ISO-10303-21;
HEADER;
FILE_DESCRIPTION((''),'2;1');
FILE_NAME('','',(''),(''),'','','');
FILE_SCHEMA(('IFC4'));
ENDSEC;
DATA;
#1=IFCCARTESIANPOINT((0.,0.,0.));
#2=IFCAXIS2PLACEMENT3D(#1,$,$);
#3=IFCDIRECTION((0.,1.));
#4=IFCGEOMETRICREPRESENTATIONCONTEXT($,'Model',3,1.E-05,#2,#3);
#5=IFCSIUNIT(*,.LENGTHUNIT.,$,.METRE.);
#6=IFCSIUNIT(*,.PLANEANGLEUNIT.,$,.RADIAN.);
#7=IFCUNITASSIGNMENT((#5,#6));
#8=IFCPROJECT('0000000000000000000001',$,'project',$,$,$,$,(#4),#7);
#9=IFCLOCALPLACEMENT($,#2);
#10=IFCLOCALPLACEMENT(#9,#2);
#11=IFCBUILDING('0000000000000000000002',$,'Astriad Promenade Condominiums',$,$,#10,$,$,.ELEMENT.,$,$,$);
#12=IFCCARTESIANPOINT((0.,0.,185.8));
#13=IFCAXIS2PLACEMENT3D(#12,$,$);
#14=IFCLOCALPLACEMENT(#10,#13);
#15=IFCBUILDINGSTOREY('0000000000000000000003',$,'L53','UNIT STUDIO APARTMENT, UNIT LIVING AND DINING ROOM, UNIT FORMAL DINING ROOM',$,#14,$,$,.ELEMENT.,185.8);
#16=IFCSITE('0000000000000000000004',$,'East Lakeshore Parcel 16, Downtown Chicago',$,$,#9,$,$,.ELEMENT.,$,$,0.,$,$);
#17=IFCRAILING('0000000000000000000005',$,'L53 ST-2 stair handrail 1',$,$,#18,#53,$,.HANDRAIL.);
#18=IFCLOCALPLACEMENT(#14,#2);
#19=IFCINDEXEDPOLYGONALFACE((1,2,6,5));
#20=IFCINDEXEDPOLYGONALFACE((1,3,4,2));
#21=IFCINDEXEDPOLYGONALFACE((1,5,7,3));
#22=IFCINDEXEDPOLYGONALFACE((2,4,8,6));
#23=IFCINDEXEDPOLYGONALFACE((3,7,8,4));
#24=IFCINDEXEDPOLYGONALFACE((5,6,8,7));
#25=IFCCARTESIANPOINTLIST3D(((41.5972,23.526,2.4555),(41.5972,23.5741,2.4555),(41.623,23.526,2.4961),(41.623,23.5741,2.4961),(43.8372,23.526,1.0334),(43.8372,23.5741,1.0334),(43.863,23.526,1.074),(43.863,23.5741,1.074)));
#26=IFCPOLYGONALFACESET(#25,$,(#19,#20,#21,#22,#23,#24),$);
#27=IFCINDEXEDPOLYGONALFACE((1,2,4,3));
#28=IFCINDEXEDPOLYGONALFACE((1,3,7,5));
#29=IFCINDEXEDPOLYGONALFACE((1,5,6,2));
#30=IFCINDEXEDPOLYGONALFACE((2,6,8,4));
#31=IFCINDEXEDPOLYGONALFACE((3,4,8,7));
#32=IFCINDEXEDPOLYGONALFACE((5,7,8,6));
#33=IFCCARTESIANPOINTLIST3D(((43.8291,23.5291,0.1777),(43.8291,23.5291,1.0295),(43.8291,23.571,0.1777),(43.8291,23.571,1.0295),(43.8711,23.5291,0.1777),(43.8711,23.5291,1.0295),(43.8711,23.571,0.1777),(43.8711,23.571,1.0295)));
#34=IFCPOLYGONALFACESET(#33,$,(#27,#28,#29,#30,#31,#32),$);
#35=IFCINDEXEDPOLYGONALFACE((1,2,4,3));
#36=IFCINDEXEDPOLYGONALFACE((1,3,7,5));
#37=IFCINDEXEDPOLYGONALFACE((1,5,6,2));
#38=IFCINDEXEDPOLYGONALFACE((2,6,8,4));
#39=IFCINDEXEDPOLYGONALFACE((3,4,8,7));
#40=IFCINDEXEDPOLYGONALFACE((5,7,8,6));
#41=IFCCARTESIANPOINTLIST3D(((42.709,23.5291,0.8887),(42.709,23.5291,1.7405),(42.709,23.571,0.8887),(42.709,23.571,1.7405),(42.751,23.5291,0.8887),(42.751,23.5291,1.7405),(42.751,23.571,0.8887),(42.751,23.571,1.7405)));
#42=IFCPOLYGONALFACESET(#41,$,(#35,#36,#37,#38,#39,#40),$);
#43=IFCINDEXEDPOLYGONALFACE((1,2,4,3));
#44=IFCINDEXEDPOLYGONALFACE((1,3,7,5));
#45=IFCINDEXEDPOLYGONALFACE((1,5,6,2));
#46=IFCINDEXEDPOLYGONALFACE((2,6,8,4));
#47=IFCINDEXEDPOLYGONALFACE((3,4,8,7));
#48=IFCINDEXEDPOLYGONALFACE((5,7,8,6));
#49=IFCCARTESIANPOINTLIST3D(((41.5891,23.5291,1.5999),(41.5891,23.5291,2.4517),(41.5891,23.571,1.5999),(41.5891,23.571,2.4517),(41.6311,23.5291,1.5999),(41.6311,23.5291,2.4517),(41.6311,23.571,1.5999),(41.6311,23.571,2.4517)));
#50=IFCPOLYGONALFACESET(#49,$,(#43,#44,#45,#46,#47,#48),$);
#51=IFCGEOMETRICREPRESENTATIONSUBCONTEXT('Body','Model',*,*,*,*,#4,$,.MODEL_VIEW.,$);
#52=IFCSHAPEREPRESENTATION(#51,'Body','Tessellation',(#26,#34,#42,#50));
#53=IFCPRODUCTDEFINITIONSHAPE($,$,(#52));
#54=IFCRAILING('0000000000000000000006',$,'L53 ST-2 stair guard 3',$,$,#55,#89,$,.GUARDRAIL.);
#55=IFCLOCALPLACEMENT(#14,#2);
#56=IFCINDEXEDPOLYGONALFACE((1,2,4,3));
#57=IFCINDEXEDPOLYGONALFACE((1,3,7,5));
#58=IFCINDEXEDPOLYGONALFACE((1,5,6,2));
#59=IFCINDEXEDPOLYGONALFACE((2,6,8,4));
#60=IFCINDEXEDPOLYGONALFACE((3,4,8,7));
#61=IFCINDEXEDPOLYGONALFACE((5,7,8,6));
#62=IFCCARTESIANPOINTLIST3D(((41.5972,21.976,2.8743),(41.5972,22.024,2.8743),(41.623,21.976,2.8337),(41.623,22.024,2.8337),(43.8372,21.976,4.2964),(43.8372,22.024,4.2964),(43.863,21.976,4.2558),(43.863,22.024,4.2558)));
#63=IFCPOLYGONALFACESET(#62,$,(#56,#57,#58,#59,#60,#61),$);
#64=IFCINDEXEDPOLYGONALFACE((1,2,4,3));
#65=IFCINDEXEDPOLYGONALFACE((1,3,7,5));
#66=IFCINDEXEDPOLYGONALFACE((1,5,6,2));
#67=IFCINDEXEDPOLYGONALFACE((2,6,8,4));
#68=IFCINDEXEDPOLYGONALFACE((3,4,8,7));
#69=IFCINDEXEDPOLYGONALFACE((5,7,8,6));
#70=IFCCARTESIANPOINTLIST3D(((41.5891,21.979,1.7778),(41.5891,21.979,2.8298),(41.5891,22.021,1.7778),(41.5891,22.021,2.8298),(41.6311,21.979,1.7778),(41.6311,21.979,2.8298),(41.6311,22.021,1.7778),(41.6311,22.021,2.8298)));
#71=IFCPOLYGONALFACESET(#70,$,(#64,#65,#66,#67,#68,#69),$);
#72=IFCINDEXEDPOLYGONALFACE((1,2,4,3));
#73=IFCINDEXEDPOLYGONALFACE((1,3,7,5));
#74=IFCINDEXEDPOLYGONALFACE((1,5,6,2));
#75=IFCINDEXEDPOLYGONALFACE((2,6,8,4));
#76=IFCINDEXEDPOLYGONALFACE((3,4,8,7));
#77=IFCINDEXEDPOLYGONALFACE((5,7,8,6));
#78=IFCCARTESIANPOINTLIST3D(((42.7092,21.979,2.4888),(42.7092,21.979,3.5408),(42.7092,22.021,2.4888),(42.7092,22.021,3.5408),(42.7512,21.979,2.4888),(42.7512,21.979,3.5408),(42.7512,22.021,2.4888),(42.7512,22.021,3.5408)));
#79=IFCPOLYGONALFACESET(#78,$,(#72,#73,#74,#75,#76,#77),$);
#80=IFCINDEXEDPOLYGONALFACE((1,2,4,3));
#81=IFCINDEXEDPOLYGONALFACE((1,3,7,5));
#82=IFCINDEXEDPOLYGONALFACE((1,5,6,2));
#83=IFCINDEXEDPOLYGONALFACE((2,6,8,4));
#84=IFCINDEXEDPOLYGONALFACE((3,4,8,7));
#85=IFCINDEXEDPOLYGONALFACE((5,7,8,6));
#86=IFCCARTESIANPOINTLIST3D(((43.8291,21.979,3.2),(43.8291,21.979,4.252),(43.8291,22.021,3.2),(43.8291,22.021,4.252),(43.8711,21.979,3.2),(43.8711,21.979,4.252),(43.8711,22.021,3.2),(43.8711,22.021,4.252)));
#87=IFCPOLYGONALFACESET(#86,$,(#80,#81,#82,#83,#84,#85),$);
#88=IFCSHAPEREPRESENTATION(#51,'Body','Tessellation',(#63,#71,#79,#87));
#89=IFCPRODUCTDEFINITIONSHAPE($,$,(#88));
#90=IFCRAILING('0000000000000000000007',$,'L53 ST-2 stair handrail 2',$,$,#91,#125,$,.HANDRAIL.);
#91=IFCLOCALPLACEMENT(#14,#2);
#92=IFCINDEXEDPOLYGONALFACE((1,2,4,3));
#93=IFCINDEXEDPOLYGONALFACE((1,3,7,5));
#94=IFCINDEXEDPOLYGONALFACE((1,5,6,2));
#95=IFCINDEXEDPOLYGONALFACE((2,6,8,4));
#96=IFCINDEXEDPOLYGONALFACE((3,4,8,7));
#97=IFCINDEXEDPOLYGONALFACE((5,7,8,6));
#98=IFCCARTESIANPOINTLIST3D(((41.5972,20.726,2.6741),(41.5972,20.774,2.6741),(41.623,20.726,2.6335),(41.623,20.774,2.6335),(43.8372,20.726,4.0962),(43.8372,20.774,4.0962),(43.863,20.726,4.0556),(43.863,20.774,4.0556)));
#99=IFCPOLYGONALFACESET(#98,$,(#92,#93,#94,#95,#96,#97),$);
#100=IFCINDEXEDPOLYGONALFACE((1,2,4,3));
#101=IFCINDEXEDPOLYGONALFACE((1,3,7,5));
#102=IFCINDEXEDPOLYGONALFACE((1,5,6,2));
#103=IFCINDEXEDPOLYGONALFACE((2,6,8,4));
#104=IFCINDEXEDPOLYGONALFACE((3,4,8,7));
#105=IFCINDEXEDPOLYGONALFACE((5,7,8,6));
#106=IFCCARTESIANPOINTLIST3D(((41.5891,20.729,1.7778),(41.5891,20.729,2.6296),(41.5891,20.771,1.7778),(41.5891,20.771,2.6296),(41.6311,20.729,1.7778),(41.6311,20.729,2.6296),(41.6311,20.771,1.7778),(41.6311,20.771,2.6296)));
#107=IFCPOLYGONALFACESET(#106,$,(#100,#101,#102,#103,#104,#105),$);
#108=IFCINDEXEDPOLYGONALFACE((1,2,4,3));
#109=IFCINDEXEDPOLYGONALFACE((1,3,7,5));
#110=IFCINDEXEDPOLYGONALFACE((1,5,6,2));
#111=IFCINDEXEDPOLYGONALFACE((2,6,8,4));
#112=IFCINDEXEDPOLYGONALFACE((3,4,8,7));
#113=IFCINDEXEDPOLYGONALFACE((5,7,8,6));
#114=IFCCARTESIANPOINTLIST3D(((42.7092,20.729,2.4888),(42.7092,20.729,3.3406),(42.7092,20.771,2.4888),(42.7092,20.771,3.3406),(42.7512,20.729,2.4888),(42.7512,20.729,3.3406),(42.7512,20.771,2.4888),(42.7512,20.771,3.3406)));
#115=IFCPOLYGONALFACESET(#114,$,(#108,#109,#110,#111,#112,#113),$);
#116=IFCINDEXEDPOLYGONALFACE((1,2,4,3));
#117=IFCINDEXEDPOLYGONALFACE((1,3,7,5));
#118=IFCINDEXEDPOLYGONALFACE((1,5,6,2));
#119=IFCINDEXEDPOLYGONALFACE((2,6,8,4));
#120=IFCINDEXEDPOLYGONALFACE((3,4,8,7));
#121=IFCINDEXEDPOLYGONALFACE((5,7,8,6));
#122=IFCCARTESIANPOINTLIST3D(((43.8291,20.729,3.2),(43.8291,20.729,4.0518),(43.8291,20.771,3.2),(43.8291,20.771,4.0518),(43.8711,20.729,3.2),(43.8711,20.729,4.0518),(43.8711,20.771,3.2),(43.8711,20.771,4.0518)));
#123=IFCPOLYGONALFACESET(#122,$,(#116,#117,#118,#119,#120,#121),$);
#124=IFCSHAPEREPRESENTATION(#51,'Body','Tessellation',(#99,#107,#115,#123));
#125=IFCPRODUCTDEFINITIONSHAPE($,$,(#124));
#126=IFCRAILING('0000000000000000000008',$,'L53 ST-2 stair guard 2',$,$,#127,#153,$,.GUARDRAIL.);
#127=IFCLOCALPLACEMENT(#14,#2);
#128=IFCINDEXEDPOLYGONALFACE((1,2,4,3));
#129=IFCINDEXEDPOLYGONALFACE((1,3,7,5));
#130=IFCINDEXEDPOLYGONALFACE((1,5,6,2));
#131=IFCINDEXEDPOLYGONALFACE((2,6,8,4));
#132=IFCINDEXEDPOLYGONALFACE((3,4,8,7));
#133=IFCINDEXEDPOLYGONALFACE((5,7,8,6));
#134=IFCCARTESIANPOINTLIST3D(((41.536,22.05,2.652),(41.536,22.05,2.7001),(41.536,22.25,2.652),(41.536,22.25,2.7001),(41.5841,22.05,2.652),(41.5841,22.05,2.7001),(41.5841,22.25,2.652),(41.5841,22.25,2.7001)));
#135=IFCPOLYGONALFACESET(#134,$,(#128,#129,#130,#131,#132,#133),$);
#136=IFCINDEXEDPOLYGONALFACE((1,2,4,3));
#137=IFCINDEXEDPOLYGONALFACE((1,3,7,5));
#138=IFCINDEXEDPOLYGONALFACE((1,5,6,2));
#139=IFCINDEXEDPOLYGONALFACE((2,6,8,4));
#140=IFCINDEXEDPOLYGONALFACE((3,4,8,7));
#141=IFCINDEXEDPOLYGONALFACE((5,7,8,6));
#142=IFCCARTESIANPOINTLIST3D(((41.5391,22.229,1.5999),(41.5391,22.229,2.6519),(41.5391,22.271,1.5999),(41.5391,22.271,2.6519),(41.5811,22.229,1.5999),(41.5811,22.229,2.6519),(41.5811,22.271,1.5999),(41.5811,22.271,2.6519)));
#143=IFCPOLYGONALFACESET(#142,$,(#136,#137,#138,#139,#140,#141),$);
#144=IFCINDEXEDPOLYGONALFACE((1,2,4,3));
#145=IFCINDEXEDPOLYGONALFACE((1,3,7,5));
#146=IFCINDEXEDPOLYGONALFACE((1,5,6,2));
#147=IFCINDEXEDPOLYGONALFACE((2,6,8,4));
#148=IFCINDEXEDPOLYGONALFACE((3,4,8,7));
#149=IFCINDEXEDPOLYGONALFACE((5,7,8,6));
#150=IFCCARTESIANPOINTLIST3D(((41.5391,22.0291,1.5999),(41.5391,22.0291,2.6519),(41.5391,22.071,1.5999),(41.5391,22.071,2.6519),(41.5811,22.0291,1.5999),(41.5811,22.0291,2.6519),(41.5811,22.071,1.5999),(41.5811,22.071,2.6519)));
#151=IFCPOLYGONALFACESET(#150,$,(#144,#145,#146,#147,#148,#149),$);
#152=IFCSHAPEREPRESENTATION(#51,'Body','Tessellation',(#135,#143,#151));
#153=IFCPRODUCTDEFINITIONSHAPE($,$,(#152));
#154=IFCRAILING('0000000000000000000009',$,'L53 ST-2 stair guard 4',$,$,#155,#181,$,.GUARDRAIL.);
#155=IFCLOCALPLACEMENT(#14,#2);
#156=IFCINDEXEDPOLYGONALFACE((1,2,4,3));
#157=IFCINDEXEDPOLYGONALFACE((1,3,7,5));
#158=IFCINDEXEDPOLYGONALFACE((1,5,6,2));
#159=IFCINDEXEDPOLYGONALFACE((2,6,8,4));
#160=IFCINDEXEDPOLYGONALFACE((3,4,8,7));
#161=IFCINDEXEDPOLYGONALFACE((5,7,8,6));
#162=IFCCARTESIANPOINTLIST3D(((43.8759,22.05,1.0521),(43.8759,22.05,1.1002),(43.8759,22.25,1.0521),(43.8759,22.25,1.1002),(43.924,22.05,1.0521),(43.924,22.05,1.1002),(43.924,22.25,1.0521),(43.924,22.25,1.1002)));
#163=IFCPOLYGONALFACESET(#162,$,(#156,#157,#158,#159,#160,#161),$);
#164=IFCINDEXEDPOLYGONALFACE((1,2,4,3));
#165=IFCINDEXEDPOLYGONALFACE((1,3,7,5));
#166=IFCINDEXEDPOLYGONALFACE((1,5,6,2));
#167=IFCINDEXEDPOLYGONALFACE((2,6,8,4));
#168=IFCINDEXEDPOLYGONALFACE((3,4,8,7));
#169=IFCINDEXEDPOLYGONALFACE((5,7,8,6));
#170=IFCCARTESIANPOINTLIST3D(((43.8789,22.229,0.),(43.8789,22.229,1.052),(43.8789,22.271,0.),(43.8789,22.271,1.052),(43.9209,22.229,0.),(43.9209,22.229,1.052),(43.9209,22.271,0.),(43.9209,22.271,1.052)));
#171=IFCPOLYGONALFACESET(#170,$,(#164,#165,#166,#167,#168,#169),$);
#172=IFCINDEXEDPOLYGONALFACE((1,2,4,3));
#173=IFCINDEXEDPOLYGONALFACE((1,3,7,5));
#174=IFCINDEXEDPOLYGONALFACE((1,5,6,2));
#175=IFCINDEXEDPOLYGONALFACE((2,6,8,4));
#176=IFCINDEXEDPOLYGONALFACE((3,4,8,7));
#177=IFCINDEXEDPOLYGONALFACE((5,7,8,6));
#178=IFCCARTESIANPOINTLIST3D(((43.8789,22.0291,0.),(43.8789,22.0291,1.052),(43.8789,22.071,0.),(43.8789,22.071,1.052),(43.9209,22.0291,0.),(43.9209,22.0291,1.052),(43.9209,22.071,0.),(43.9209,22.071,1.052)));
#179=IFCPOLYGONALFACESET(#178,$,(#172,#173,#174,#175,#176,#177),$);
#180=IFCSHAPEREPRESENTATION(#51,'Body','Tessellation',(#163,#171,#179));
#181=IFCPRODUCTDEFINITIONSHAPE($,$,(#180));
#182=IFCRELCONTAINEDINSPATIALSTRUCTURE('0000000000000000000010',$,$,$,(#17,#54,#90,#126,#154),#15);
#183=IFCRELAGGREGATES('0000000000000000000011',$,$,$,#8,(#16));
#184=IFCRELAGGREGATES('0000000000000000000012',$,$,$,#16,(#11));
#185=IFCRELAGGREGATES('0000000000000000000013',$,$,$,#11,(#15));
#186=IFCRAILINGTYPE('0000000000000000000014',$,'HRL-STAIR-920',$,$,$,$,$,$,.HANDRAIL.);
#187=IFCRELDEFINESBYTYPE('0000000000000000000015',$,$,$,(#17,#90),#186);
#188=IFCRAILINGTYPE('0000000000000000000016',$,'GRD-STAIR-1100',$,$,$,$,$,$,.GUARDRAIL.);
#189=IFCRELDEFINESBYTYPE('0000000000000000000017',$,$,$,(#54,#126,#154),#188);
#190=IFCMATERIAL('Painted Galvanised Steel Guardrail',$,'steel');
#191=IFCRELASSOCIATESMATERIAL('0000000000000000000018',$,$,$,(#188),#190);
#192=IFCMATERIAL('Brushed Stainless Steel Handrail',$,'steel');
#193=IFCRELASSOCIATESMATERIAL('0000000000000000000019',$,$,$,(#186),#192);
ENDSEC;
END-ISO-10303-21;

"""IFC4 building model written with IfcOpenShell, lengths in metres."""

from ifc_helpers import new_model, si_unit, direction, frame, origin, origin_2d, place, context, subcontext, project, spatial, rectangle, extrude, source, transform, mapped, material, type_object, type_shapes, element, save


model = new_model("IFC4")

# Units and contexts
model_context = context("Model", 3, precision=1e-05, world=origin(), true_north=direction((0.0, 1.0)))
body_context = subcontext(model_context, "Body", "Model", "MODEL_VIEW")
ifc_project = project(units=[si_unit("LENGTHUNIT", "METRE"), si_unit("PLANEANGLEUNIT", "RADIAN")], contexts=[model_context])

# Site, building, storey
site_placement = place(None, origin())
site = spatial("IfcSite", under=ifc_project, at=site_placement, Name="East Lakeshore Parcel 16, Downtown Chicago", CompositionType="ELEMENT", RefElevation=0.0)
building_placement = place(site_placement, origin())
building = spatial("IfcBuilding", under=site, at=building_placement, Name="Astriad Promenade Condominiums", CompositionType="ELEMENT")
storey_placement = place(building_placement, frame((0.0, 0.0, 185.8)))
storey = spatial("IfcBuildingStorey", under=building, at=storey_placement, Name="L53", Description="UNIT STUDIO APARTMENT, UNIT LIVING AND DINING ROOM, UNIT FORMAL DINING ROOM", CompositionType="ELEMENT", Elevation=185.8)

# Railings
ifc_material_1 = material(Name="Painted Galvanised Steel Guardrail", Category="steel")
railing_type_1 = type_object("IfcRailingType", Name="GRD-STAIR-1100", PredefinedType="GUARDRAIL", material=ifc_material_1)
ifc_material_2 = material(Name="Brushed Stainless Steel Handrail", Category="steel")
railing_type_2 = type_object("IfcRailingType", Name="HRL-STAIR-920", PredefinedType="HANDRAIL", material=ifc_material_2)
shared_shape_1 = source(origin(), body_context, "Body", "SweptSolid", [
    extrude(rectangle(XDim=0.0481, YDim=0.0481, at=origin_2d()), frame((0.0, 0.0, 0.876), z_axis=(-0.844229, 0.0, 0.535982), x_axis=(0.0, -1.0, 0.0)), (0.0, 0.0, 1.0), 2.6533),
    extrude(rectangle(XDim=0.042, YDim=0.042, at=origin_2d()), origin(), (0.0, 0.0, 1.0), 0.8518),
    extrude(rectangle(XDim=0.042, YDim=0.042, at=origin_2d()), frame((-1.1201, 0.0, 0.7109)), (0.0, 0.0, 1.0), 0.8518),
    extrude(rectangle(XDim=0.042, YDim=0.042, at=origin_2d()), frame((-2.24, 0.0, 1.4221)), (0.0, 0.0, 1.0), 0.8518),
])
railing_1_placement = place(storey_placement, frame((43.8501, 23.55, 0.1777)))
element("IfcRailing", 1, at=railing_1_placement, inside=storey, type_object=railing_type_2, Name="L53 ST-2 stair handrail 1", PredefinedType="HANDRAIL", context=body_context, shape_type="MappedRepresentation", body=[
    mapped(shared_shape_1, transform((0.0, 0.0, 0.0), scale=1.0)),
])
shared_shape_2 = source(origin(), body_context, "Body", "SweptSolid", [
    extrude(rectangle(XDim=0.0481, YDim=0.0481, at=origin_2d()), frame((0.0, 0.0, 1.0762), z_axis=(0.844229, 0.0, 0.535982), x_axis=(0.0, 1.0, 0.0)), (0.0, 0.0, 1.0), 2.6533),
    extrude(rectangle(XDim=0.042, YDim=0.042, at=origin_2d()), origin(), (0.0, 0.0, 1.0), 1.052),
    extrude(rectangle(XDim=0.042, YDim=0.042, at=origin_2d()), frame((1.1201, 0.0, 0.7109)), (0.0, 0.0, 1.0), 1.052),
    extrude(rectangle(XDim=0.042, YDim=0.042, at=origin_2d()), frame((2.24, 0.0, 1.4221)), (0.0, 0.0, 1.0), 1.052),
])
railing_2_placement = place(storey_placement, frame((41.6101, 22.0, 1.7778)))
element("IfcRailing", 2, at=railing_2_placement, inside=storey, type_object=railing_type_1, Name="L53 ST-2 stair guard 3", PredefinedType="GUARDRAIL", context=body_context, shape_type="MappedRepresentation", body=[
    mapped(shared_shape_2, transform((0.0, 0.0, 0.0), scale=1.0)),
])
shared_shape_3 = source(origin(), body_context, "Body", "SweptSolid", [
    extrude(rectangle(XDim=0.0481, YDim=0.0481, at=origin_2d()), frame((0.0, 0.0, 0.876), z_axis=(0.844229, 0.0, 0.535982), x_axis=(0.0, 1.0, 0.0)), (0.0, 0.0, 1.0), 2.6533),
    extrude(rectangle(XDim=0.042, YDim=0.042, at=origin_2d()), origin(), (0.0, 0.0, 1.0), 0.8518),
    extrude(rectangle(XDim=0.042, YDim=0.042, at=origin_2d()), frame((1.1201, 0.0, 0.7109)), (0.0, 0.0, 1.0), 0.8518),
    extrude(rectangle(XDim=0.042, YDim=0.042, at=origin_2d()), frame((2.24, 0.0, 1.4221)), (0.0, 0.0, 1.0), 0.8518),
])
type_shapes(railing_type_2, [shared_shape_1, shared_shape_3])
railing_3_placement = place(storey_placement, frame((41.6101, 20.75, 1.7778)))
element("IfcRailing", 3, at=railing_3_placement, inside=storey, type_object=railing_type_2, Name="L53 ST-2 stair handrail 2", PredefinedType="HANDRAIL", context=body_context, shape_type="MappedRepresentation", body=[
    mapped(shared_shape_3, transform((0.0, 0.0, 0.0), scale=1.0)),
])
shared_shape_4 = source(origin(), body_context, "Body", "SweptSolid", [
    extrude(rectangle(XDim=0.0481, YDim=0.0481, at=origin_2d()), frame((0.0, 0.0, 1.0762), z_axis=(0.0, -1.0, 0.0), x_axis=(1.0, 0.0, 0.0)), (0.0, 0.0, 1.0), 0.2),
    extrude(rectangle(XDim=0.042, YDim=0.042, at=origin_2d()), origin(), (0.0, 0.0, 1.0), 1.052),
    extrude(rectangle(XDim=0.042, YDim=0.042, at=origin_2d()), frame((0.0, -0.2, 0.0)), (0.0, 0.0, 1.0), 1.052),
])
for number, where, name in (
    (4, (41.5601, 22.25, 1.5999), "L53 ST-2 stair guard 2"),
    (5, (43.8999, 22.25, 0.0), "L53 ST-2 stair guard 4"),
):
    element("IfcRailing", number, at=place(storey_placement, frame(where)), inside=storey, type_object=railing_type_1, Name=name, PredefinedType="GUARDRAIL", context=body_context, shape_type="MappedRepresentation", body=[
        mapped(shared_shape_4, transform((0.0, 0.0, 0.0), scale=1.0)),
    ])

save(model, "model.ifc")
